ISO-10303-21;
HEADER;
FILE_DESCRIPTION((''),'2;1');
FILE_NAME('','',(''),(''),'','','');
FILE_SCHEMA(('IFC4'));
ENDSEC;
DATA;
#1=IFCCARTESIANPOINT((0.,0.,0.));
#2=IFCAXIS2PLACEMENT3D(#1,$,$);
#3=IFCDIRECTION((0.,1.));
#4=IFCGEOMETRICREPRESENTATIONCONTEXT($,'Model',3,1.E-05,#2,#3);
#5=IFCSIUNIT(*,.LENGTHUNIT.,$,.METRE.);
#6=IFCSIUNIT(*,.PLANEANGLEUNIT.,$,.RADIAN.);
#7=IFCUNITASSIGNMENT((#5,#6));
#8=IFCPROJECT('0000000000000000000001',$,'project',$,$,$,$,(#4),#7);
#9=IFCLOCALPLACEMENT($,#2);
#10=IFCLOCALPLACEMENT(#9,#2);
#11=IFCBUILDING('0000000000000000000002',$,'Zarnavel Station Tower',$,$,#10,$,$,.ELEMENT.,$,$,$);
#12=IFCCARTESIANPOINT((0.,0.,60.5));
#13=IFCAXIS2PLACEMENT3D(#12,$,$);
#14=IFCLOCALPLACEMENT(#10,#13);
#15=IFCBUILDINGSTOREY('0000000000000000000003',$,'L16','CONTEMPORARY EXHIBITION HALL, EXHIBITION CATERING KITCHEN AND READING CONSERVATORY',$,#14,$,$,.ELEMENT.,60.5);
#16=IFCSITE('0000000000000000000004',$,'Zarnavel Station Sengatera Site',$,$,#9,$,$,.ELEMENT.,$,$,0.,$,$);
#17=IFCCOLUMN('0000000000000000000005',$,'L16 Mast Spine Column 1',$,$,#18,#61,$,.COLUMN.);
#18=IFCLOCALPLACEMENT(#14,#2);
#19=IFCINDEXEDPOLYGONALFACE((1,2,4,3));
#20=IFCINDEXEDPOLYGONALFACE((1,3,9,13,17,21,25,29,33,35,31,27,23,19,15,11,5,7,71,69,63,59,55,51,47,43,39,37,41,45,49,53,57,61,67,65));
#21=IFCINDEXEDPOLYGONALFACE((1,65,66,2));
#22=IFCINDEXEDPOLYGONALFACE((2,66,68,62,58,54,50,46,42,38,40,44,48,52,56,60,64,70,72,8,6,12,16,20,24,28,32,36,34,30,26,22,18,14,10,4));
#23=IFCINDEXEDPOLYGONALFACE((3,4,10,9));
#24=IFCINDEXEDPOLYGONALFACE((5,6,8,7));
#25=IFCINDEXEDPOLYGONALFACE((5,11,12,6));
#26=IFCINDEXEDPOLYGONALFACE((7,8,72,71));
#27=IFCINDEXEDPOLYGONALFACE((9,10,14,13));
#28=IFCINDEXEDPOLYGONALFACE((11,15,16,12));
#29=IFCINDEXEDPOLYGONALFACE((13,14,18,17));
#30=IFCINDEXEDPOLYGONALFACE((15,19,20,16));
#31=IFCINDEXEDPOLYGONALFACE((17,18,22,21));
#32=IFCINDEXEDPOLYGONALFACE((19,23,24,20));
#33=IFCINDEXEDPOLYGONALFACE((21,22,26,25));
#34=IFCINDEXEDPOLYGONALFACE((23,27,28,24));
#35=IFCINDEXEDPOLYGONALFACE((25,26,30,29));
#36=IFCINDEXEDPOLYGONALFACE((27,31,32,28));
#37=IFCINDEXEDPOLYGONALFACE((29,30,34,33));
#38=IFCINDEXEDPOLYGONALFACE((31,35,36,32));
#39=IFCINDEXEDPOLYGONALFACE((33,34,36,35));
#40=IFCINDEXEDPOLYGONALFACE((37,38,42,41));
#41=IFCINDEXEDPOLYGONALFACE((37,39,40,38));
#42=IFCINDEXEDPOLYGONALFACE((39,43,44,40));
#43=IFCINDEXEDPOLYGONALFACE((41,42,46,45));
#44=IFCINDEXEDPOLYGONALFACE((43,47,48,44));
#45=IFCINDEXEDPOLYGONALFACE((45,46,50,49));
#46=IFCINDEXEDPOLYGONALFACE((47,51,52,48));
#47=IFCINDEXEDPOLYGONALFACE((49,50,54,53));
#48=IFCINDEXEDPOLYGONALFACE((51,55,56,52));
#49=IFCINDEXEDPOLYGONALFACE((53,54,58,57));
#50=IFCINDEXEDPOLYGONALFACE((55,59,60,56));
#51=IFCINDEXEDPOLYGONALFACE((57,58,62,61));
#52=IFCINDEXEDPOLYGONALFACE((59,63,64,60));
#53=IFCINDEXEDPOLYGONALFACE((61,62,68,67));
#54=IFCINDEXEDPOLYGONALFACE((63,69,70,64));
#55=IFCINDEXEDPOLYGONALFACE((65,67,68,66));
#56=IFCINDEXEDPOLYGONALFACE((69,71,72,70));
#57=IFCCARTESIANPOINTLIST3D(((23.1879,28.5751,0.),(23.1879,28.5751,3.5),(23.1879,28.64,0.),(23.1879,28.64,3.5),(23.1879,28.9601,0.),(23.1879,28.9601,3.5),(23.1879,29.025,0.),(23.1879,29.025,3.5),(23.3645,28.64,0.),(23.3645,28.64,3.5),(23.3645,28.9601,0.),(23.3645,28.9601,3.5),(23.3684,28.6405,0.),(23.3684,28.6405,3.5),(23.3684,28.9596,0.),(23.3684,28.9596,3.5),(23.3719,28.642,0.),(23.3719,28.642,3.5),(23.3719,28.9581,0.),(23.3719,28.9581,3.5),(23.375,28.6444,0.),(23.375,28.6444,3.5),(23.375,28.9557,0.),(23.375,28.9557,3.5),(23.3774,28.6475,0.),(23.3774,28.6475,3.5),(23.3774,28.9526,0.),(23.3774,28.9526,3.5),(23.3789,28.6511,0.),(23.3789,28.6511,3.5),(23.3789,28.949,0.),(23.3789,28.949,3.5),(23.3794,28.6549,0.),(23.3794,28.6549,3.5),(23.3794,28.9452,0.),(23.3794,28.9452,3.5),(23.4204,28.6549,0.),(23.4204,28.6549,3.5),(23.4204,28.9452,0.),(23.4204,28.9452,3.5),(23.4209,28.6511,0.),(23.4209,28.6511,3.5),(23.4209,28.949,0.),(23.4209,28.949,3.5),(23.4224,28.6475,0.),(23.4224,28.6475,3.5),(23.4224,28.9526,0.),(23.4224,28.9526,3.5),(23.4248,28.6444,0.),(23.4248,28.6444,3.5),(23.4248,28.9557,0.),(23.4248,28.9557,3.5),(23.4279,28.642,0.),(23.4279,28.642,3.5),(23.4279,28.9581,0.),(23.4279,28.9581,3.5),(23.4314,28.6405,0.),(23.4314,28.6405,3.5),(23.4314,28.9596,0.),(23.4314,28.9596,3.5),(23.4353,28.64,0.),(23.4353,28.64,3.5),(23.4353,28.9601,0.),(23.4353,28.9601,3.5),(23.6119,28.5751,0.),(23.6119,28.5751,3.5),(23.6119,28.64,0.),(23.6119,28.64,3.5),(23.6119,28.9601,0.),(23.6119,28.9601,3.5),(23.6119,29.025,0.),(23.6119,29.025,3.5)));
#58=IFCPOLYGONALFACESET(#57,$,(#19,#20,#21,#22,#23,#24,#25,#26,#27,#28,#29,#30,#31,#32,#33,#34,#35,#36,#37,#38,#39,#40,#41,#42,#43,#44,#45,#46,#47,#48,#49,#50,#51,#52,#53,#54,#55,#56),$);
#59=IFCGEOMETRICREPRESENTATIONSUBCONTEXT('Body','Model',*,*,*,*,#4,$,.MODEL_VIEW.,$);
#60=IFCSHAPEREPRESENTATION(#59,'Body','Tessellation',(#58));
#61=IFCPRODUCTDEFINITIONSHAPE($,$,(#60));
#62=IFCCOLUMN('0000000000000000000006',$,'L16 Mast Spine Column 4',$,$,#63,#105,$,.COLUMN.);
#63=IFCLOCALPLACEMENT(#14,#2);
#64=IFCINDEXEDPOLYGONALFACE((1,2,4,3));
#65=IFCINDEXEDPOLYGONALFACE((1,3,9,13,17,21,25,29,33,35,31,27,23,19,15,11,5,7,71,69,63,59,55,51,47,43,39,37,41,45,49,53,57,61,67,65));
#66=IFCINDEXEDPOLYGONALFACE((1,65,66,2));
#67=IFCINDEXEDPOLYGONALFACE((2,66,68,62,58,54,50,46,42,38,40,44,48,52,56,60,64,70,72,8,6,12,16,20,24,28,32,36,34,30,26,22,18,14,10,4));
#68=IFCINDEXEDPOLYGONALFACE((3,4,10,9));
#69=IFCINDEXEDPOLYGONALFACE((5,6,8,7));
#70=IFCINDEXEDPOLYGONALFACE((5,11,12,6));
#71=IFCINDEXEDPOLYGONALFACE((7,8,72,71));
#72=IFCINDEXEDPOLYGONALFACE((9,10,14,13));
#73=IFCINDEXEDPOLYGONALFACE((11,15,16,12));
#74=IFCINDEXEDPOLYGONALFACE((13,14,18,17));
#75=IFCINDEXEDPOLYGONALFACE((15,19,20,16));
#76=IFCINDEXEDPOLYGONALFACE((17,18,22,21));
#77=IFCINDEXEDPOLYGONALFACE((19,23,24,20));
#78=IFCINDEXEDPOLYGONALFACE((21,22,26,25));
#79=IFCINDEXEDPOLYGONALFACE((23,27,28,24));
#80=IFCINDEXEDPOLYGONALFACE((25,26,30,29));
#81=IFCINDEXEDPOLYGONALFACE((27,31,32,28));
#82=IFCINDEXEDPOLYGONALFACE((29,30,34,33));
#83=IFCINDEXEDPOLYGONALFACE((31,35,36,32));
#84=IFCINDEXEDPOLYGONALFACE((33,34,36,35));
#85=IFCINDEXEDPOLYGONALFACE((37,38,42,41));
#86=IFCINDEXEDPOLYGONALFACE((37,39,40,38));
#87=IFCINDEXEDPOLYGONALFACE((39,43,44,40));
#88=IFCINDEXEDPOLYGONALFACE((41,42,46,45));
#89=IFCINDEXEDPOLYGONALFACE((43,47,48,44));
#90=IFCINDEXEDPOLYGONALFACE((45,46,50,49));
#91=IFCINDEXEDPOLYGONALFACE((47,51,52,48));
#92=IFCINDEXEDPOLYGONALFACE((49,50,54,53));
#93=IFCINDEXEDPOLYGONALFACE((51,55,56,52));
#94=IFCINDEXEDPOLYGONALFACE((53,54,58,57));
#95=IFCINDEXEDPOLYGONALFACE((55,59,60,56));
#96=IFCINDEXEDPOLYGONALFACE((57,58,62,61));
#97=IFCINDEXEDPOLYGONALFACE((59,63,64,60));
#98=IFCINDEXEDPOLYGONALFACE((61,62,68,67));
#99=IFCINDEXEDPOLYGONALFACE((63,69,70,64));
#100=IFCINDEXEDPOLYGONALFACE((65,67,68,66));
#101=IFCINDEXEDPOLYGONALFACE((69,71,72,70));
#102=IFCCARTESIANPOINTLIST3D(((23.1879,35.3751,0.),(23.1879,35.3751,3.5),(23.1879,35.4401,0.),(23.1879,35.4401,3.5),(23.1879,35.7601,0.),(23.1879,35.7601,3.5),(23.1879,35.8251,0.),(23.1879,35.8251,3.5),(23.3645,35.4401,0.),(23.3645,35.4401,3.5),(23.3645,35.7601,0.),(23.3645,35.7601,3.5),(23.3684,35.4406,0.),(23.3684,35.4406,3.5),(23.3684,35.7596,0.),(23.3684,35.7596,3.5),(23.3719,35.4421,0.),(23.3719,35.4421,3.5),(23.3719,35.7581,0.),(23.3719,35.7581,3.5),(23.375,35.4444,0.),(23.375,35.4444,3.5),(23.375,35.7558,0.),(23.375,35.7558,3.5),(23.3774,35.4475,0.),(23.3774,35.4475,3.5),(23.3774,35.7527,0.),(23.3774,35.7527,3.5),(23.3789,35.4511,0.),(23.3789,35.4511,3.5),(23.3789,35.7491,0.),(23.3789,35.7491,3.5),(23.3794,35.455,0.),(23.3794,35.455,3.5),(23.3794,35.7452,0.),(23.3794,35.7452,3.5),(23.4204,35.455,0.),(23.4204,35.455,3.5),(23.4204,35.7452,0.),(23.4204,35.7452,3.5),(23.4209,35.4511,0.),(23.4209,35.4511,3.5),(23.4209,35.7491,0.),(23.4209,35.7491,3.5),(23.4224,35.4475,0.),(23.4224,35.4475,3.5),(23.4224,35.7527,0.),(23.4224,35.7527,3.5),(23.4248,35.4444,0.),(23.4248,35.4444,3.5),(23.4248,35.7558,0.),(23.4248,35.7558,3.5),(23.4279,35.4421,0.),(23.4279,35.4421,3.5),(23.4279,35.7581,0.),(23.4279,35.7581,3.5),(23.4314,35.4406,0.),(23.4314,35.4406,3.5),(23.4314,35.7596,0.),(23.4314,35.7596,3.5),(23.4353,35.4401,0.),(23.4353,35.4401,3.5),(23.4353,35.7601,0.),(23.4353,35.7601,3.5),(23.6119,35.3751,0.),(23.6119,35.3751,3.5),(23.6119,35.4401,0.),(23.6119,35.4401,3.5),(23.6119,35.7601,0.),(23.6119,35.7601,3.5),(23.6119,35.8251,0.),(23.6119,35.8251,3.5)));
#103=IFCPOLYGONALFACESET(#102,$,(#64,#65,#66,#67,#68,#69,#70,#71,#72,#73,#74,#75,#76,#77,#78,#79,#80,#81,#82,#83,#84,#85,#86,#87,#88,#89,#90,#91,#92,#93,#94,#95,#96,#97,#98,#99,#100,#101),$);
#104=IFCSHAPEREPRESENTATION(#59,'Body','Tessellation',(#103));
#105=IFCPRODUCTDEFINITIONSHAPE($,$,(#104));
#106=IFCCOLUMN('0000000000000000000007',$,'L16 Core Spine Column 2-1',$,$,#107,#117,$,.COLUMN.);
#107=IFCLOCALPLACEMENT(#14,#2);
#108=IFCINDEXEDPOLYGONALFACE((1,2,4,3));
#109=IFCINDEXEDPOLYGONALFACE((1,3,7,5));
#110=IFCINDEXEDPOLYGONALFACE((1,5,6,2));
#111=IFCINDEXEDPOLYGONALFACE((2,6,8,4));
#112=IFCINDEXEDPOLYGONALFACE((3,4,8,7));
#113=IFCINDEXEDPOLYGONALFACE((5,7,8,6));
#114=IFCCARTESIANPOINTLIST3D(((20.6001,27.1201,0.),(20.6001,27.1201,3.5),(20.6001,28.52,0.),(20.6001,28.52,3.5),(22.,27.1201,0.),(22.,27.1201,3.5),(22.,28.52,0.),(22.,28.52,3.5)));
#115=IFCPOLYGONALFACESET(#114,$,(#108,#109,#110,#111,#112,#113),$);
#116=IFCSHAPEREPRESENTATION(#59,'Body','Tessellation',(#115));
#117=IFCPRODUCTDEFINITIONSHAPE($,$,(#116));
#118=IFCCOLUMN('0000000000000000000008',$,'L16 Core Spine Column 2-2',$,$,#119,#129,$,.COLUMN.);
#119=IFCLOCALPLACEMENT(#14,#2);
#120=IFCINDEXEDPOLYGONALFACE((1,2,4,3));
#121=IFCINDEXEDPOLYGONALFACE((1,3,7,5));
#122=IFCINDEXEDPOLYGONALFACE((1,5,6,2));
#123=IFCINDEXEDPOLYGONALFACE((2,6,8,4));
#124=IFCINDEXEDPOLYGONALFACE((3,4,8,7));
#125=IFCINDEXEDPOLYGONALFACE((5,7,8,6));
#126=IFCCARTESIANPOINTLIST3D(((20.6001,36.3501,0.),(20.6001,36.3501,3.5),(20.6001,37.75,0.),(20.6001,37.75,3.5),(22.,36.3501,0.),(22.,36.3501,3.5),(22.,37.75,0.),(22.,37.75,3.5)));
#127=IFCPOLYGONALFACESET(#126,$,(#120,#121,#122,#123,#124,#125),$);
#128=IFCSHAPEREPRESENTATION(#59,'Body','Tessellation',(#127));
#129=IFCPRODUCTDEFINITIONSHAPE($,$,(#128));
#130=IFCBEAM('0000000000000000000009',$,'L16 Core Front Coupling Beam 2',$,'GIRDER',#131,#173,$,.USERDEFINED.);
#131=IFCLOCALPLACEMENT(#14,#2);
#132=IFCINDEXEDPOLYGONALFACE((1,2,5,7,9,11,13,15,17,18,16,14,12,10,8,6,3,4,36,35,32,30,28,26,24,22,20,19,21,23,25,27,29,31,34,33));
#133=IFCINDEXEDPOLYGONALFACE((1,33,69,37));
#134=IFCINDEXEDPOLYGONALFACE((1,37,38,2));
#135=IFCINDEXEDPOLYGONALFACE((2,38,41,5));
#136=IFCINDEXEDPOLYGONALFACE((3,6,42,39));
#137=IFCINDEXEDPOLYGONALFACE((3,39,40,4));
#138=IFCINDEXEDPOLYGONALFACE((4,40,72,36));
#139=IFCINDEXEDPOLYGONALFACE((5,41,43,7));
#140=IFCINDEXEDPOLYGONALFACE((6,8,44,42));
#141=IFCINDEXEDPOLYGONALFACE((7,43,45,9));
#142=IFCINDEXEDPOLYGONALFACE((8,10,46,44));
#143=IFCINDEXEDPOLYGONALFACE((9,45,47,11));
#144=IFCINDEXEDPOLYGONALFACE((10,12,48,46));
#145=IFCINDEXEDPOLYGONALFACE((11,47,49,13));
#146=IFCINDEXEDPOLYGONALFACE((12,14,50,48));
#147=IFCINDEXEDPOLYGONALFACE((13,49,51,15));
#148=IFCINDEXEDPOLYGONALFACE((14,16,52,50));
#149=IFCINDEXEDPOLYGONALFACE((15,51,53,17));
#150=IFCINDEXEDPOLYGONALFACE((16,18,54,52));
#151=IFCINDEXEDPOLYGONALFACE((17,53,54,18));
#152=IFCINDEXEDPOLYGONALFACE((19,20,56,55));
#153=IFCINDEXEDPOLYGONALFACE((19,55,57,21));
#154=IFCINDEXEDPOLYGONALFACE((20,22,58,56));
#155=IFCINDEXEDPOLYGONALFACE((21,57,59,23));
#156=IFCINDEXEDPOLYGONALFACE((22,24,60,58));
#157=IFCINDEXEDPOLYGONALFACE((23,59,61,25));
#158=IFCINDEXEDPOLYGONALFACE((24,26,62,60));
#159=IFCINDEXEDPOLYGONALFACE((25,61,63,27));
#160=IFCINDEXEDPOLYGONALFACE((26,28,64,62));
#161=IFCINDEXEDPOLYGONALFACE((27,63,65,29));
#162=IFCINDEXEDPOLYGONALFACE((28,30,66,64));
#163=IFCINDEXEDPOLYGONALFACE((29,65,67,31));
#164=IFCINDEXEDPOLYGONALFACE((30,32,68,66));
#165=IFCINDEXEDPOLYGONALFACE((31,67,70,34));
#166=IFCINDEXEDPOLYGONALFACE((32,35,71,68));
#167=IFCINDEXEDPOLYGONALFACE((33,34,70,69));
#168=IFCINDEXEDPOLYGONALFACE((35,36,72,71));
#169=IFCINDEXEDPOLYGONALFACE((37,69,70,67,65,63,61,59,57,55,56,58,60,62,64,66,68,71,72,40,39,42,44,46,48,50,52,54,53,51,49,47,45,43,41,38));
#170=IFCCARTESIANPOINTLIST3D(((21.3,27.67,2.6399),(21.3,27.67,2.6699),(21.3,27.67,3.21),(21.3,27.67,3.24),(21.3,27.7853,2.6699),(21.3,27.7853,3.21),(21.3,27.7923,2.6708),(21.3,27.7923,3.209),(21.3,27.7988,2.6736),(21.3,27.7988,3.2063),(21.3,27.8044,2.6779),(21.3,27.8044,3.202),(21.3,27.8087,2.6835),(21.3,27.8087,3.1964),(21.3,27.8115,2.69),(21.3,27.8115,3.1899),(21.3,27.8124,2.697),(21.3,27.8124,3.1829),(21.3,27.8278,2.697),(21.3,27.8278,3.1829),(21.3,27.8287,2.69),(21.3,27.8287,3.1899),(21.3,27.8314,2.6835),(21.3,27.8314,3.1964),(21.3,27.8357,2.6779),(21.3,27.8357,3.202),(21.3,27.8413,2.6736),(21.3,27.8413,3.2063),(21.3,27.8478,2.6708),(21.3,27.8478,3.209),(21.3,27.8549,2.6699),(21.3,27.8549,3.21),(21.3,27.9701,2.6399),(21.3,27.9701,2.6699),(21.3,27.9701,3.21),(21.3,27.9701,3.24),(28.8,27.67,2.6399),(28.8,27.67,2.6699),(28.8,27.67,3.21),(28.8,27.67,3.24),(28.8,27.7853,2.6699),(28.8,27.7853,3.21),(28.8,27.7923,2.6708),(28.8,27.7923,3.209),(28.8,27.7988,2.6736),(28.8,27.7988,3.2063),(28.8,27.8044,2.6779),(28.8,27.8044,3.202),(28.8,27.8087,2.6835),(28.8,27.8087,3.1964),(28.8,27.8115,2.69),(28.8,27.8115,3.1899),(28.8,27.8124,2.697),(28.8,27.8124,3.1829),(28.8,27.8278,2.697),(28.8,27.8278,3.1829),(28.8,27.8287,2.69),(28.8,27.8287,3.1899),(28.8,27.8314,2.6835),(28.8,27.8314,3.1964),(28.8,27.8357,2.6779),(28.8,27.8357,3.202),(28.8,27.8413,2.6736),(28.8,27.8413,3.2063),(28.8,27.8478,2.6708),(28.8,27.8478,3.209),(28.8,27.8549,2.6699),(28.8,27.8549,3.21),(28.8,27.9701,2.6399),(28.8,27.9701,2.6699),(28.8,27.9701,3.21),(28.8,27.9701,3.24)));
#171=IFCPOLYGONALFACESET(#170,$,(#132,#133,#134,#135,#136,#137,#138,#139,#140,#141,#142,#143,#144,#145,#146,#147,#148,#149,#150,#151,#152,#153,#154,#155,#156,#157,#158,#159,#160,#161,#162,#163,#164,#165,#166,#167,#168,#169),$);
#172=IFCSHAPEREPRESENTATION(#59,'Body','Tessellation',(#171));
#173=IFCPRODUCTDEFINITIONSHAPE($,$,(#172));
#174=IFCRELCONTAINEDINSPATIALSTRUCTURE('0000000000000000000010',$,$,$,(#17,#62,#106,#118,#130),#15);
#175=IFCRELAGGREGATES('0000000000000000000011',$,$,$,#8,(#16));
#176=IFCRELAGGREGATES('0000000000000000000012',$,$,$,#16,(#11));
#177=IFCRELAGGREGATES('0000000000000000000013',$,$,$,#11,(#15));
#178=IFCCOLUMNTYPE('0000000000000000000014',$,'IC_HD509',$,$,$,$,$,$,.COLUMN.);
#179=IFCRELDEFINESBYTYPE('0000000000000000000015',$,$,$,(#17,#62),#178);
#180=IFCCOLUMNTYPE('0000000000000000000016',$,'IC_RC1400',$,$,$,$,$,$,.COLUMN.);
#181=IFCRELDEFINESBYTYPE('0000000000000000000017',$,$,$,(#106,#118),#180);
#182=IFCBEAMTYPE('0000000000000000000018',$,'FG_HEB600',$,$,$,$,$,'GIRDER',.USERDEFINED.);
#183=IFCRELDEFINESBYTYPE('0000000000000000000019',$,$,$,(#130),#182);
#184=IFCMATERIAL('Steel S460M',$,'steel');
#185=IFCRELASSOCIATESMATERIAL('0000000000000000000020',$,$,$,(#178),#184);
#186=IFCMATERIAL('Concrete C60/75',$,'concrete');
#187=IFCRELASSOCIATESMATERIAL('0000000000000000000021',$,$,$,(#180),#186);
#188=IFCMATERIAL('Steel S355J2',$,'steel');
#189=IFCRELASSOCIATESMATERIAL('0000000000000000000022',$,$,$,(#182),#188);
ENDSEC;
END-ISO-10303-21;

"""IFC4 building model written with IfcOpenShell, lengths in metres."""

from ifc_helpers import new_model, si_unit, direction, frame, origin, origin_2d, place, context, subcontext, project, spatial, rectangle, i_section, extrude, material, material_profile, profile_set, type_object, element, save


model = new_model("IFC4")

# Units and contexts
model_context = context("Model", 3, precision=1e-05, world=origin(), true_north=direction((0.0, 1.0)))
body_context = subcontext(model_context, "Body", "Model", "MODEL_VIEW")
ifc_project = project(units=[si_unit("LENGTHUNIT", "METRE"), si_unit("PLANEANGLEUNIT", "RADIAN")], contexts=[model_context])

# Site, building, storey
site_placement = place(None, origin())
site = spatial("IfcSite", under=ifc_project, at=site_placement, Name="Zarnavel Station Sengatera Site", CompositionType="ELEMENT", RefElevation=0.0)
building_placement = place(site_placement, origin())
building = spatial("IfcBuilding", under=site, at=building_placement, Name="Zarnavel Station Tower", CompositionType="ELEMENT")
storey_placement = place(building_placement, frame((0.0, 0.0, 60.5)))
storey = spatial("IfcBuildingStorey", under=building, at=storey_placement, Name="L16", Description="CONTEMPORARY EXHIBITION HALL, EXHIBITION CATERING KITCHEN AND READING CONSERVATORY", CompositionType="ELEMENT", Elevation=60.5)

# Columns
ifc_material_1 = material(Name="Steel S460M", Category="steel")
ifc_material_profile_1 = material_profile(ifc_material_1, i_section(OverallWidth=0.4241, OverallDepth=0.45, WebThickness=0.041, FlangeThickness=0.0649, FilletRadius=0.0149, at=origin_2d()), Name="HD400x509")
ifc_profile_set_1 = profile_set([ifc_material_profile_1], Name="Steel S460M")
column_type_1 = type_object("IfcColumnType", Name="IC_HD509", PredefinedType="COLUMN", material=ifc_profile_set_1)
for number, where, z_axis, x_axis, name in (
    (1, (23.3999, 28.8, 0.0), (0.0, 0.0, 1.0), (1.0, 0.0, 0.0), "L16 Mast Spine Column 1"),
    (2, (23.3999, 35.6001, 0.0), (0.0, 0.0, 1.0), (1.0, 0.0, 0.0), "L16 Mast Spine Column 4"),
):
    element("IfcColumn", number, at=place(storey_placement, frame(where, z_axis=z_axis, x_axis=x_axis)), inside=storey, type_object=column_type_1, Name=name, PredefinedType="COLUMN", context=body_context, shape_type="SweptSolid", body=[
        extrude(i_section(OverallWidth=0.4241, OverallDepth=0.45, WebThickness=0.041, FlangeThickness=0.0649, FilletRadius=0.0149, at=origin_2d()), origin(), (0.0, 0.0, 1.0), 3.5),
    ])
ifc_material_2 = material(Name="Concrete C60/75", Category="concrete")
ifc_material_profile_2 = material_profile(ifc_material_2, rectangle(XDim=1.3999, YDim=1.3999, at=origin_2d()), Name="RC1400x1400")
ifc_profile_set_2 = profile_set([ifc_material_profile_2], Name="Concrete C60/75")
column_type_2 = type_object("IfcColumnType", Name="IC_RC1400", PredefinedType="COLUMN", material=ifc_profile_set_2)
for number, where, z_axis, x_axis, name in (
    (3, (21.3, 27.8201, 0.0), (0.0, 0.0, 1.0), (1.0, 0.0, 0.0), "L16 Core Spine Column 2-1"),
    (4, (21.3, 37.05, 0.0), (0.0, 0.0, 1.0), (1.0, 0.0, 0.0), "L16 Core Spine Column 2-2"),
):
    element("IfcColumn", number, at=place(storey_placement, frame(where, z_axis=z_axis, x_axis=x_axis)), inside=storey, type_object=column_type_2, Name=name, PredefinedType="COLUMN", context=body_context, shape_type="SweptSolid", body=[
        extrude(rectangle(XDim=1.3999, YDim=1.3999, at=origin_2d()), origin(), (0.0, 0.0, 1.0), 3.5),
    ])

# Beam
ifc_material_3 = material(Name="Steel S355J2", Category="steel")
ifc_material_profile_3 = material_profile(ifc_material_3, i_section(OverallWidth=0.3, OverallDepth=0.6001, WebThickness=0.0154, FlangeThickness=0.03, FilletRadius=0.0271, at=origin_2d()), Name="HEB600")
ifc_profile_set_3 = profile_set([ifc_material_profile_3], Name="Steel S355J2")
beam_type_1 = type_object("IfcBeamType", Name="FG_HEB600", ElementType="GIRDER", PredefinedType="USERDEFINED", material=ifc_profile_set_3)
beam_1_placement = place(storey_placement, frame((21.3, 27.8201, 2.9399), z_axis=(1.0, 0.0, 0.0), x_axis=(0.0, 1.0, 0.0)))
element("IfcBeam", 5, at=beam_1_placement, inside=storey, type_object=beam_type_1, Name="L16 Core Front Coupling Beam 2", ObjectType="GIRDER", PredefinedType="USERDEFINED", context=body_context, shape_type="SweptSolid", body=[
    extrude(i_section(OverallWidth=0.3, OverallDepth=0.6001, WebThickness=0.0154, FlangeThickness=0.03, FilletRadius=0.0271, at=origin_2d()), origin(), (0.0, 0.0, 1.0), 7.5),
])

save(model, "model.ifc")
